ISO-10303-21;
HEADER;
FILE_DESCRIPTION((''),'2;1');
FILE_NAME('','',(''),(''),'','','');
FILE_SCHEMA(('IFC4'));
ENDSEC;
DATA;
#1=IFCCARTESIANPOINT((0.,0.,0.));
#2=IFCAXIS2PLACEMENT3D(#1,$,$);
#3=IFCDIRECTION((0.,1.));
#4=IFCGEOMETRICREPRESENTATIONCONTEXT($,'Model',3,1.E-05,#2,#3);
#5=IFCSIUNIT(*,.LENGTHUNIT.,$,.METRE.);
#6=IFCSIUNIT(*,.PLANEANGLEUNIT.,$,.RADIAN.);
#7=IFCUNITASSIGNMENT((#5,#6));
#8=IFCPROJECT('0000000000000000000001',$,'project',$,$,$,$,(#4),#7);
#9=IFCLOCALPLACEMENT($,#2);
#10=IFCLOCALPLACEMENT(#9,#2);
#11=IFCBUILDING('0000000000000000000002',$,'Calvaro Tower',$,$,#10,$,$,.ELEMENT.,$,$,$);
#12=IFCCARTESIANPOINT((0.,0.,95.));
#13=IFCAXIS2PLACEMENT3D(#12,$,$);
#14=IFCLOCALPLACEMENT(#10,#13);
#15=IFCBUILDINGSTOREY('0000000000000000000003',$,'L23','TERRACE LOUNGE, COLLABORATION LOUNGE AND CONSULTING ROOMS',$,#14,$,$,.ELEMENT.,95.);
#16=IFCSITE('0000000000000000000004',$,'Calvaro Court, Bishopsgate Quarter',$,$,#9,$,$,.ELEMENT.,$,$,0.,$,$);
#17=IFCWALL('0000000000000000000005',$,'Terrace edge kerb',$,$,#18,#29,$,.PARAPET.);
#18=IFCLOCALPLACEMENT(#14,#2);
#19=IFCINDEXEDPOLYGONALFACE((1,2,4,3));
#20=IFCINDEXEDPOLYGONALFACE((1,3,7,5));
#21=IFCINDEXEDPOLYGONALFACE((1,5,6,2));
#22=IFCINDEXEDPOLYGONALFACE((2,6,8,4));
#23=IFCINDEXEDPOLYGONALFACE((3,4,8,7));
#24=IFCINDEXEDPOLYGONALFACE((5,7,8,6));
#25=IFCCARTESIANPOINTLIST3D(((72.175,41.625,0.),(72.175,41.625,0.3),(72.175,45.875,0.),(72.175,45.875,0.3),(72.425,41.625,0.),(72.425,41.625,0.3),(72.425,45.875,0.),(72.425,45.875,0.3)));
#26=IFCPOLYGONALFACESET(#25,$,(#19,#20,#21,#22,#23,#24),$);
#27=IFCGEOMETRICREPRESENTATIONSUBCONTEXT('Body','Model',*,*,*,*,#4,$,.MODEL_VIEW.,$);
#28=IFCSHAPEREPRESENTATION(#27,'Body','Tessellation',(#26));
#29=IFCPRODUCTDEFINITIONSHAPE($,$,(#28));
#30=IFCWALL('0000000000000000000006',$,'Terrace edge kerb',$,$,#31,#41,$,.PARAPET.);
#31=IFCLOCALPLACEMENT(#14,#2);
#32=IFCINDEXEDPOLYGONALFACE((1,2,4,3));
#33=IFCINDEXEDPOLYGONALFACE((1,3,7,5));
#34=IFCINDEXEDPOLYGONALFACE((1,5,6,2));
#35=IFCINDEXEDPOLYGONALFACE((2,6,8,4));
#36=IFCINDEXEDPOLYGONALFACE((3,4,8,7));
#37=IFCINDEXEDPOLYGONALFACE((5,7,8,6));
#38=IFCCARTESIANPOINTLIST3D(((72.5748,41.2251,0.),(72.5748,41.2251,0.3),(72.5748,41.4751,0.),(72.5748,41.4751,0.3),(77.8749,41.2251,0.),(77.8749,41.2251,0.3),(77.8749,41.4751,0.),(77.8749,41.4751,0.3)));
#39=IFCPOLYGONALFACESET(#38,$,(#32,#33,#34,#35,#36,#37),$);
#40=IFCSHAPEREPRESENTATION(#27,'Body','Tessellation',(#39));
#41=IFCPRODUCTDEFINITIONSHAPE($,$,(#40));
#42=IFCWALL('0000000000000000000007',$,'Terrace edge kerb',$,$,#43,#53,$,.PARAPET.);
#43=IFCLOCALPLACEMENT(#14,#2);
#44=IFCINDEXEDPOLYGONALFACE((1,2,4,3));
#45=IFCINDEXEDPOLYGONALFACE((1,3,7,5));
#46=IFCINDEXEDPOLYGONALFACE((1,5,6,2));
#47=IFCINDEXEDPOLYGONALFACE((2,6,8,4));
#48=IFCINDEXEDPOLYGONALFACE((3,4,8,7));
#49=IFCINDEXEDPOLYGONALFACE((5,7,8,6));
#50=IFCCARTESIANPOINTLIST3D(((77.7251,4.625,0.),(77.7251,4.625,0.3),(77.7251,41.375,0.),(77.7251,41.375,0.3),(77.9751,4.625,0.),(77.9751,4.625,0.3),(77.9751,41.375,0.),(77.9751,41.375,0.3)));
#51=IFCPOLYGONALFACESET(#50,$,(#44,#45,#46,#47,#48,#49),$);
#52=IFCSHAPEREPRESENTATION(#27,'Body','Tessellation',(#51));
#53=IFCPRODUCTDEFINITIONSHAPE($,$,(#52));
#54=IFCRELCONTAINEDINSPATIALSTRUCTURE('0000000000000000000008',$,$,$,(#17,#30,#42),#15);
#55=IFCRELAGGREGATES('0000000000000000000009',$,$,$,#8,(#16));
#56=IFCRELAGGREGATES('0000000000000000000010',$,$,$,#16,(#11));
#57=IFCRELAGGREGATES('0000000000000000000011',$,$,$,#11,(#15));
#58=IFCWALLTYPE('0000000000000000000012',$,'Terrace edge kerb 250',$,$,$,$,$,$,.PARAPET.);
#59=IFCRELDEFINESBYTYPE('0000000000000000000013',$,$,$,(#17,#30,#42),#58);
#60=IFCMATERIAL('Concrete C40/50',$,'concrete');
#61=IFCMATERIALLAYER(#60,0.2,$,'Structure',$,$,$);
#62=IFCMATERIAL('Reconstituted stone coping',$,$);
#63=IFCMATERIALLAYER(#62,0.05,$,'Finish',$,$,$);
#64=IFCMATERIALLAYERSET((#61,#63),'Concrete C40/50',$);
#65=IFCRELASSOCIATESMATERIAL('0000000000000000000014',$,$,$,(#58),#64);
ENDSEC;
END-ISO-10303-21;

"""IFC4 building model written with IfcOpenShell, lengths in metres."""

from ifc_helpers import new_model, si_unit, direction, frame, frame_2d, origin, place, context, subcontext, project, spatial, rectangle, extrude, material, layer, layer_set, type_object, element, save


model = new_model("IFC4")

# Units and contexts
model_context = context("Model", 3, precision=1e-05, world=origin(), true_north=direction((0.0, 1.0)))
body_context = subcontext(model_context, "Body", "Model", "MODEL_VIEW")
ifc_project = project(units=[si_unit("LENGTHUNIT", "METRE"), si_unit("PLANEANGLEUNIT", "RADIAN")], contexts=[model_context])

# Site, building, storey
site_placement = place(None, origin())
site = spatial("IfcSite", under=ifc_project, at=site_placement, Name="Calvaro Court, Bishopsgate Quarter", CompositionType="ELEMENT", RefElevation=0.0)
building_placement = place(site_placement, origin())
building = spatial("IfcBuilding", under=site, at=building_placement, Name="Calvaro Tower", CompositionType="ELEMENT")
storey_placement = place(building_placement, frame((0.0, 0.0, 95.0)))
storey = spatial("IfcBuildingStorey", under=building, at=storey_placement, Name="L23", Description="TERRACE LOUNGE, COLLABORATION LOUNGE AND CONSULTING ROOMS", CompositionType="ELEMENT", Elevation=95.0)

# Walls
ifc_material_1 = material(Name="Concrete C40/50", Category="concrete")
ifc_layer_1 = layer(ifc_material_1, 0.2, Name="Structure")
ifc_material_2 = material(Name="Reconstituted stone coping")
ifc_layer_2 = layer(ifc_material_2, 0.05, Name="Finish")
ifc_layer_set_1 = layer_set([ifc_layer_1, ifc_layer_2], Name="Concrete C40/50")
wall_type_1 = type_object("IfcWallType", Name="Terrace edge kerb 250", PredefinedType="PARAPET", material=ifc_layer_set_1)
wall_1_placement = place(storey_placement, frame((72.3, 45.875, 0.0), z_axis=(0.0, 0.0, 1.0), x_axis=(0.0, -1.0, 0.0)))
element("IfcWall", 1, at=wall_1_placement, inside=storey, type_object=wall_type_1, Name="Terrace edge kerb", PredefinedType="PARAPET", context=body_context, shape_type="SweptSolid", body=[
    extrude(rectangle(XDim=4.25, YDim=0.25, at=frame_2d((2.125, 0.0))), origin(), (0.0, 0.0, 1.0), 0.3),
])
wall_2_placement = place(storey_placement, frame((72.575, 41.3501, 0.0), z_axis=(0.0, 0.0, 1.0), x_axis=(1.0, 0.0, 0.0)))
element("IfcWall", 2, at=wall_2_placement, inside=storey, type_object=wall_type_1, Name="Terrace edge kerb", PredefinedType="PARAPET", context=body_context, shape_type="SweptSolid", body=[
    extrude(rectangle(XDim=5.3, YDim=0.25, at=frame_2d((2.6499, 0.0))), origin(), (0.0, 0.0, 1.0), 0.3),
])
wall_3_placement = place(storey_placement, frame((77.8501, 41.375, 0.0), z_axis=(0.0, 0.0, 1.0), x_axis=(0.0, -1.0, 0.0)))
element("IfcWall", 3, at=wall_3_placement, inside=storey, type_object=wall_type_1, Name="Terrace edge kerb", PredefinedType="PARAPET", context=body_context, shape_type="SweptSolid", body=[
    extrude(rectangle(XDim=36.75, YDim=0.25, at=frame_2d((18.375, 0.0))), origin(), (0.0, 0.0, 1.0), 0.3),
])

save(model, "model.ifc")
